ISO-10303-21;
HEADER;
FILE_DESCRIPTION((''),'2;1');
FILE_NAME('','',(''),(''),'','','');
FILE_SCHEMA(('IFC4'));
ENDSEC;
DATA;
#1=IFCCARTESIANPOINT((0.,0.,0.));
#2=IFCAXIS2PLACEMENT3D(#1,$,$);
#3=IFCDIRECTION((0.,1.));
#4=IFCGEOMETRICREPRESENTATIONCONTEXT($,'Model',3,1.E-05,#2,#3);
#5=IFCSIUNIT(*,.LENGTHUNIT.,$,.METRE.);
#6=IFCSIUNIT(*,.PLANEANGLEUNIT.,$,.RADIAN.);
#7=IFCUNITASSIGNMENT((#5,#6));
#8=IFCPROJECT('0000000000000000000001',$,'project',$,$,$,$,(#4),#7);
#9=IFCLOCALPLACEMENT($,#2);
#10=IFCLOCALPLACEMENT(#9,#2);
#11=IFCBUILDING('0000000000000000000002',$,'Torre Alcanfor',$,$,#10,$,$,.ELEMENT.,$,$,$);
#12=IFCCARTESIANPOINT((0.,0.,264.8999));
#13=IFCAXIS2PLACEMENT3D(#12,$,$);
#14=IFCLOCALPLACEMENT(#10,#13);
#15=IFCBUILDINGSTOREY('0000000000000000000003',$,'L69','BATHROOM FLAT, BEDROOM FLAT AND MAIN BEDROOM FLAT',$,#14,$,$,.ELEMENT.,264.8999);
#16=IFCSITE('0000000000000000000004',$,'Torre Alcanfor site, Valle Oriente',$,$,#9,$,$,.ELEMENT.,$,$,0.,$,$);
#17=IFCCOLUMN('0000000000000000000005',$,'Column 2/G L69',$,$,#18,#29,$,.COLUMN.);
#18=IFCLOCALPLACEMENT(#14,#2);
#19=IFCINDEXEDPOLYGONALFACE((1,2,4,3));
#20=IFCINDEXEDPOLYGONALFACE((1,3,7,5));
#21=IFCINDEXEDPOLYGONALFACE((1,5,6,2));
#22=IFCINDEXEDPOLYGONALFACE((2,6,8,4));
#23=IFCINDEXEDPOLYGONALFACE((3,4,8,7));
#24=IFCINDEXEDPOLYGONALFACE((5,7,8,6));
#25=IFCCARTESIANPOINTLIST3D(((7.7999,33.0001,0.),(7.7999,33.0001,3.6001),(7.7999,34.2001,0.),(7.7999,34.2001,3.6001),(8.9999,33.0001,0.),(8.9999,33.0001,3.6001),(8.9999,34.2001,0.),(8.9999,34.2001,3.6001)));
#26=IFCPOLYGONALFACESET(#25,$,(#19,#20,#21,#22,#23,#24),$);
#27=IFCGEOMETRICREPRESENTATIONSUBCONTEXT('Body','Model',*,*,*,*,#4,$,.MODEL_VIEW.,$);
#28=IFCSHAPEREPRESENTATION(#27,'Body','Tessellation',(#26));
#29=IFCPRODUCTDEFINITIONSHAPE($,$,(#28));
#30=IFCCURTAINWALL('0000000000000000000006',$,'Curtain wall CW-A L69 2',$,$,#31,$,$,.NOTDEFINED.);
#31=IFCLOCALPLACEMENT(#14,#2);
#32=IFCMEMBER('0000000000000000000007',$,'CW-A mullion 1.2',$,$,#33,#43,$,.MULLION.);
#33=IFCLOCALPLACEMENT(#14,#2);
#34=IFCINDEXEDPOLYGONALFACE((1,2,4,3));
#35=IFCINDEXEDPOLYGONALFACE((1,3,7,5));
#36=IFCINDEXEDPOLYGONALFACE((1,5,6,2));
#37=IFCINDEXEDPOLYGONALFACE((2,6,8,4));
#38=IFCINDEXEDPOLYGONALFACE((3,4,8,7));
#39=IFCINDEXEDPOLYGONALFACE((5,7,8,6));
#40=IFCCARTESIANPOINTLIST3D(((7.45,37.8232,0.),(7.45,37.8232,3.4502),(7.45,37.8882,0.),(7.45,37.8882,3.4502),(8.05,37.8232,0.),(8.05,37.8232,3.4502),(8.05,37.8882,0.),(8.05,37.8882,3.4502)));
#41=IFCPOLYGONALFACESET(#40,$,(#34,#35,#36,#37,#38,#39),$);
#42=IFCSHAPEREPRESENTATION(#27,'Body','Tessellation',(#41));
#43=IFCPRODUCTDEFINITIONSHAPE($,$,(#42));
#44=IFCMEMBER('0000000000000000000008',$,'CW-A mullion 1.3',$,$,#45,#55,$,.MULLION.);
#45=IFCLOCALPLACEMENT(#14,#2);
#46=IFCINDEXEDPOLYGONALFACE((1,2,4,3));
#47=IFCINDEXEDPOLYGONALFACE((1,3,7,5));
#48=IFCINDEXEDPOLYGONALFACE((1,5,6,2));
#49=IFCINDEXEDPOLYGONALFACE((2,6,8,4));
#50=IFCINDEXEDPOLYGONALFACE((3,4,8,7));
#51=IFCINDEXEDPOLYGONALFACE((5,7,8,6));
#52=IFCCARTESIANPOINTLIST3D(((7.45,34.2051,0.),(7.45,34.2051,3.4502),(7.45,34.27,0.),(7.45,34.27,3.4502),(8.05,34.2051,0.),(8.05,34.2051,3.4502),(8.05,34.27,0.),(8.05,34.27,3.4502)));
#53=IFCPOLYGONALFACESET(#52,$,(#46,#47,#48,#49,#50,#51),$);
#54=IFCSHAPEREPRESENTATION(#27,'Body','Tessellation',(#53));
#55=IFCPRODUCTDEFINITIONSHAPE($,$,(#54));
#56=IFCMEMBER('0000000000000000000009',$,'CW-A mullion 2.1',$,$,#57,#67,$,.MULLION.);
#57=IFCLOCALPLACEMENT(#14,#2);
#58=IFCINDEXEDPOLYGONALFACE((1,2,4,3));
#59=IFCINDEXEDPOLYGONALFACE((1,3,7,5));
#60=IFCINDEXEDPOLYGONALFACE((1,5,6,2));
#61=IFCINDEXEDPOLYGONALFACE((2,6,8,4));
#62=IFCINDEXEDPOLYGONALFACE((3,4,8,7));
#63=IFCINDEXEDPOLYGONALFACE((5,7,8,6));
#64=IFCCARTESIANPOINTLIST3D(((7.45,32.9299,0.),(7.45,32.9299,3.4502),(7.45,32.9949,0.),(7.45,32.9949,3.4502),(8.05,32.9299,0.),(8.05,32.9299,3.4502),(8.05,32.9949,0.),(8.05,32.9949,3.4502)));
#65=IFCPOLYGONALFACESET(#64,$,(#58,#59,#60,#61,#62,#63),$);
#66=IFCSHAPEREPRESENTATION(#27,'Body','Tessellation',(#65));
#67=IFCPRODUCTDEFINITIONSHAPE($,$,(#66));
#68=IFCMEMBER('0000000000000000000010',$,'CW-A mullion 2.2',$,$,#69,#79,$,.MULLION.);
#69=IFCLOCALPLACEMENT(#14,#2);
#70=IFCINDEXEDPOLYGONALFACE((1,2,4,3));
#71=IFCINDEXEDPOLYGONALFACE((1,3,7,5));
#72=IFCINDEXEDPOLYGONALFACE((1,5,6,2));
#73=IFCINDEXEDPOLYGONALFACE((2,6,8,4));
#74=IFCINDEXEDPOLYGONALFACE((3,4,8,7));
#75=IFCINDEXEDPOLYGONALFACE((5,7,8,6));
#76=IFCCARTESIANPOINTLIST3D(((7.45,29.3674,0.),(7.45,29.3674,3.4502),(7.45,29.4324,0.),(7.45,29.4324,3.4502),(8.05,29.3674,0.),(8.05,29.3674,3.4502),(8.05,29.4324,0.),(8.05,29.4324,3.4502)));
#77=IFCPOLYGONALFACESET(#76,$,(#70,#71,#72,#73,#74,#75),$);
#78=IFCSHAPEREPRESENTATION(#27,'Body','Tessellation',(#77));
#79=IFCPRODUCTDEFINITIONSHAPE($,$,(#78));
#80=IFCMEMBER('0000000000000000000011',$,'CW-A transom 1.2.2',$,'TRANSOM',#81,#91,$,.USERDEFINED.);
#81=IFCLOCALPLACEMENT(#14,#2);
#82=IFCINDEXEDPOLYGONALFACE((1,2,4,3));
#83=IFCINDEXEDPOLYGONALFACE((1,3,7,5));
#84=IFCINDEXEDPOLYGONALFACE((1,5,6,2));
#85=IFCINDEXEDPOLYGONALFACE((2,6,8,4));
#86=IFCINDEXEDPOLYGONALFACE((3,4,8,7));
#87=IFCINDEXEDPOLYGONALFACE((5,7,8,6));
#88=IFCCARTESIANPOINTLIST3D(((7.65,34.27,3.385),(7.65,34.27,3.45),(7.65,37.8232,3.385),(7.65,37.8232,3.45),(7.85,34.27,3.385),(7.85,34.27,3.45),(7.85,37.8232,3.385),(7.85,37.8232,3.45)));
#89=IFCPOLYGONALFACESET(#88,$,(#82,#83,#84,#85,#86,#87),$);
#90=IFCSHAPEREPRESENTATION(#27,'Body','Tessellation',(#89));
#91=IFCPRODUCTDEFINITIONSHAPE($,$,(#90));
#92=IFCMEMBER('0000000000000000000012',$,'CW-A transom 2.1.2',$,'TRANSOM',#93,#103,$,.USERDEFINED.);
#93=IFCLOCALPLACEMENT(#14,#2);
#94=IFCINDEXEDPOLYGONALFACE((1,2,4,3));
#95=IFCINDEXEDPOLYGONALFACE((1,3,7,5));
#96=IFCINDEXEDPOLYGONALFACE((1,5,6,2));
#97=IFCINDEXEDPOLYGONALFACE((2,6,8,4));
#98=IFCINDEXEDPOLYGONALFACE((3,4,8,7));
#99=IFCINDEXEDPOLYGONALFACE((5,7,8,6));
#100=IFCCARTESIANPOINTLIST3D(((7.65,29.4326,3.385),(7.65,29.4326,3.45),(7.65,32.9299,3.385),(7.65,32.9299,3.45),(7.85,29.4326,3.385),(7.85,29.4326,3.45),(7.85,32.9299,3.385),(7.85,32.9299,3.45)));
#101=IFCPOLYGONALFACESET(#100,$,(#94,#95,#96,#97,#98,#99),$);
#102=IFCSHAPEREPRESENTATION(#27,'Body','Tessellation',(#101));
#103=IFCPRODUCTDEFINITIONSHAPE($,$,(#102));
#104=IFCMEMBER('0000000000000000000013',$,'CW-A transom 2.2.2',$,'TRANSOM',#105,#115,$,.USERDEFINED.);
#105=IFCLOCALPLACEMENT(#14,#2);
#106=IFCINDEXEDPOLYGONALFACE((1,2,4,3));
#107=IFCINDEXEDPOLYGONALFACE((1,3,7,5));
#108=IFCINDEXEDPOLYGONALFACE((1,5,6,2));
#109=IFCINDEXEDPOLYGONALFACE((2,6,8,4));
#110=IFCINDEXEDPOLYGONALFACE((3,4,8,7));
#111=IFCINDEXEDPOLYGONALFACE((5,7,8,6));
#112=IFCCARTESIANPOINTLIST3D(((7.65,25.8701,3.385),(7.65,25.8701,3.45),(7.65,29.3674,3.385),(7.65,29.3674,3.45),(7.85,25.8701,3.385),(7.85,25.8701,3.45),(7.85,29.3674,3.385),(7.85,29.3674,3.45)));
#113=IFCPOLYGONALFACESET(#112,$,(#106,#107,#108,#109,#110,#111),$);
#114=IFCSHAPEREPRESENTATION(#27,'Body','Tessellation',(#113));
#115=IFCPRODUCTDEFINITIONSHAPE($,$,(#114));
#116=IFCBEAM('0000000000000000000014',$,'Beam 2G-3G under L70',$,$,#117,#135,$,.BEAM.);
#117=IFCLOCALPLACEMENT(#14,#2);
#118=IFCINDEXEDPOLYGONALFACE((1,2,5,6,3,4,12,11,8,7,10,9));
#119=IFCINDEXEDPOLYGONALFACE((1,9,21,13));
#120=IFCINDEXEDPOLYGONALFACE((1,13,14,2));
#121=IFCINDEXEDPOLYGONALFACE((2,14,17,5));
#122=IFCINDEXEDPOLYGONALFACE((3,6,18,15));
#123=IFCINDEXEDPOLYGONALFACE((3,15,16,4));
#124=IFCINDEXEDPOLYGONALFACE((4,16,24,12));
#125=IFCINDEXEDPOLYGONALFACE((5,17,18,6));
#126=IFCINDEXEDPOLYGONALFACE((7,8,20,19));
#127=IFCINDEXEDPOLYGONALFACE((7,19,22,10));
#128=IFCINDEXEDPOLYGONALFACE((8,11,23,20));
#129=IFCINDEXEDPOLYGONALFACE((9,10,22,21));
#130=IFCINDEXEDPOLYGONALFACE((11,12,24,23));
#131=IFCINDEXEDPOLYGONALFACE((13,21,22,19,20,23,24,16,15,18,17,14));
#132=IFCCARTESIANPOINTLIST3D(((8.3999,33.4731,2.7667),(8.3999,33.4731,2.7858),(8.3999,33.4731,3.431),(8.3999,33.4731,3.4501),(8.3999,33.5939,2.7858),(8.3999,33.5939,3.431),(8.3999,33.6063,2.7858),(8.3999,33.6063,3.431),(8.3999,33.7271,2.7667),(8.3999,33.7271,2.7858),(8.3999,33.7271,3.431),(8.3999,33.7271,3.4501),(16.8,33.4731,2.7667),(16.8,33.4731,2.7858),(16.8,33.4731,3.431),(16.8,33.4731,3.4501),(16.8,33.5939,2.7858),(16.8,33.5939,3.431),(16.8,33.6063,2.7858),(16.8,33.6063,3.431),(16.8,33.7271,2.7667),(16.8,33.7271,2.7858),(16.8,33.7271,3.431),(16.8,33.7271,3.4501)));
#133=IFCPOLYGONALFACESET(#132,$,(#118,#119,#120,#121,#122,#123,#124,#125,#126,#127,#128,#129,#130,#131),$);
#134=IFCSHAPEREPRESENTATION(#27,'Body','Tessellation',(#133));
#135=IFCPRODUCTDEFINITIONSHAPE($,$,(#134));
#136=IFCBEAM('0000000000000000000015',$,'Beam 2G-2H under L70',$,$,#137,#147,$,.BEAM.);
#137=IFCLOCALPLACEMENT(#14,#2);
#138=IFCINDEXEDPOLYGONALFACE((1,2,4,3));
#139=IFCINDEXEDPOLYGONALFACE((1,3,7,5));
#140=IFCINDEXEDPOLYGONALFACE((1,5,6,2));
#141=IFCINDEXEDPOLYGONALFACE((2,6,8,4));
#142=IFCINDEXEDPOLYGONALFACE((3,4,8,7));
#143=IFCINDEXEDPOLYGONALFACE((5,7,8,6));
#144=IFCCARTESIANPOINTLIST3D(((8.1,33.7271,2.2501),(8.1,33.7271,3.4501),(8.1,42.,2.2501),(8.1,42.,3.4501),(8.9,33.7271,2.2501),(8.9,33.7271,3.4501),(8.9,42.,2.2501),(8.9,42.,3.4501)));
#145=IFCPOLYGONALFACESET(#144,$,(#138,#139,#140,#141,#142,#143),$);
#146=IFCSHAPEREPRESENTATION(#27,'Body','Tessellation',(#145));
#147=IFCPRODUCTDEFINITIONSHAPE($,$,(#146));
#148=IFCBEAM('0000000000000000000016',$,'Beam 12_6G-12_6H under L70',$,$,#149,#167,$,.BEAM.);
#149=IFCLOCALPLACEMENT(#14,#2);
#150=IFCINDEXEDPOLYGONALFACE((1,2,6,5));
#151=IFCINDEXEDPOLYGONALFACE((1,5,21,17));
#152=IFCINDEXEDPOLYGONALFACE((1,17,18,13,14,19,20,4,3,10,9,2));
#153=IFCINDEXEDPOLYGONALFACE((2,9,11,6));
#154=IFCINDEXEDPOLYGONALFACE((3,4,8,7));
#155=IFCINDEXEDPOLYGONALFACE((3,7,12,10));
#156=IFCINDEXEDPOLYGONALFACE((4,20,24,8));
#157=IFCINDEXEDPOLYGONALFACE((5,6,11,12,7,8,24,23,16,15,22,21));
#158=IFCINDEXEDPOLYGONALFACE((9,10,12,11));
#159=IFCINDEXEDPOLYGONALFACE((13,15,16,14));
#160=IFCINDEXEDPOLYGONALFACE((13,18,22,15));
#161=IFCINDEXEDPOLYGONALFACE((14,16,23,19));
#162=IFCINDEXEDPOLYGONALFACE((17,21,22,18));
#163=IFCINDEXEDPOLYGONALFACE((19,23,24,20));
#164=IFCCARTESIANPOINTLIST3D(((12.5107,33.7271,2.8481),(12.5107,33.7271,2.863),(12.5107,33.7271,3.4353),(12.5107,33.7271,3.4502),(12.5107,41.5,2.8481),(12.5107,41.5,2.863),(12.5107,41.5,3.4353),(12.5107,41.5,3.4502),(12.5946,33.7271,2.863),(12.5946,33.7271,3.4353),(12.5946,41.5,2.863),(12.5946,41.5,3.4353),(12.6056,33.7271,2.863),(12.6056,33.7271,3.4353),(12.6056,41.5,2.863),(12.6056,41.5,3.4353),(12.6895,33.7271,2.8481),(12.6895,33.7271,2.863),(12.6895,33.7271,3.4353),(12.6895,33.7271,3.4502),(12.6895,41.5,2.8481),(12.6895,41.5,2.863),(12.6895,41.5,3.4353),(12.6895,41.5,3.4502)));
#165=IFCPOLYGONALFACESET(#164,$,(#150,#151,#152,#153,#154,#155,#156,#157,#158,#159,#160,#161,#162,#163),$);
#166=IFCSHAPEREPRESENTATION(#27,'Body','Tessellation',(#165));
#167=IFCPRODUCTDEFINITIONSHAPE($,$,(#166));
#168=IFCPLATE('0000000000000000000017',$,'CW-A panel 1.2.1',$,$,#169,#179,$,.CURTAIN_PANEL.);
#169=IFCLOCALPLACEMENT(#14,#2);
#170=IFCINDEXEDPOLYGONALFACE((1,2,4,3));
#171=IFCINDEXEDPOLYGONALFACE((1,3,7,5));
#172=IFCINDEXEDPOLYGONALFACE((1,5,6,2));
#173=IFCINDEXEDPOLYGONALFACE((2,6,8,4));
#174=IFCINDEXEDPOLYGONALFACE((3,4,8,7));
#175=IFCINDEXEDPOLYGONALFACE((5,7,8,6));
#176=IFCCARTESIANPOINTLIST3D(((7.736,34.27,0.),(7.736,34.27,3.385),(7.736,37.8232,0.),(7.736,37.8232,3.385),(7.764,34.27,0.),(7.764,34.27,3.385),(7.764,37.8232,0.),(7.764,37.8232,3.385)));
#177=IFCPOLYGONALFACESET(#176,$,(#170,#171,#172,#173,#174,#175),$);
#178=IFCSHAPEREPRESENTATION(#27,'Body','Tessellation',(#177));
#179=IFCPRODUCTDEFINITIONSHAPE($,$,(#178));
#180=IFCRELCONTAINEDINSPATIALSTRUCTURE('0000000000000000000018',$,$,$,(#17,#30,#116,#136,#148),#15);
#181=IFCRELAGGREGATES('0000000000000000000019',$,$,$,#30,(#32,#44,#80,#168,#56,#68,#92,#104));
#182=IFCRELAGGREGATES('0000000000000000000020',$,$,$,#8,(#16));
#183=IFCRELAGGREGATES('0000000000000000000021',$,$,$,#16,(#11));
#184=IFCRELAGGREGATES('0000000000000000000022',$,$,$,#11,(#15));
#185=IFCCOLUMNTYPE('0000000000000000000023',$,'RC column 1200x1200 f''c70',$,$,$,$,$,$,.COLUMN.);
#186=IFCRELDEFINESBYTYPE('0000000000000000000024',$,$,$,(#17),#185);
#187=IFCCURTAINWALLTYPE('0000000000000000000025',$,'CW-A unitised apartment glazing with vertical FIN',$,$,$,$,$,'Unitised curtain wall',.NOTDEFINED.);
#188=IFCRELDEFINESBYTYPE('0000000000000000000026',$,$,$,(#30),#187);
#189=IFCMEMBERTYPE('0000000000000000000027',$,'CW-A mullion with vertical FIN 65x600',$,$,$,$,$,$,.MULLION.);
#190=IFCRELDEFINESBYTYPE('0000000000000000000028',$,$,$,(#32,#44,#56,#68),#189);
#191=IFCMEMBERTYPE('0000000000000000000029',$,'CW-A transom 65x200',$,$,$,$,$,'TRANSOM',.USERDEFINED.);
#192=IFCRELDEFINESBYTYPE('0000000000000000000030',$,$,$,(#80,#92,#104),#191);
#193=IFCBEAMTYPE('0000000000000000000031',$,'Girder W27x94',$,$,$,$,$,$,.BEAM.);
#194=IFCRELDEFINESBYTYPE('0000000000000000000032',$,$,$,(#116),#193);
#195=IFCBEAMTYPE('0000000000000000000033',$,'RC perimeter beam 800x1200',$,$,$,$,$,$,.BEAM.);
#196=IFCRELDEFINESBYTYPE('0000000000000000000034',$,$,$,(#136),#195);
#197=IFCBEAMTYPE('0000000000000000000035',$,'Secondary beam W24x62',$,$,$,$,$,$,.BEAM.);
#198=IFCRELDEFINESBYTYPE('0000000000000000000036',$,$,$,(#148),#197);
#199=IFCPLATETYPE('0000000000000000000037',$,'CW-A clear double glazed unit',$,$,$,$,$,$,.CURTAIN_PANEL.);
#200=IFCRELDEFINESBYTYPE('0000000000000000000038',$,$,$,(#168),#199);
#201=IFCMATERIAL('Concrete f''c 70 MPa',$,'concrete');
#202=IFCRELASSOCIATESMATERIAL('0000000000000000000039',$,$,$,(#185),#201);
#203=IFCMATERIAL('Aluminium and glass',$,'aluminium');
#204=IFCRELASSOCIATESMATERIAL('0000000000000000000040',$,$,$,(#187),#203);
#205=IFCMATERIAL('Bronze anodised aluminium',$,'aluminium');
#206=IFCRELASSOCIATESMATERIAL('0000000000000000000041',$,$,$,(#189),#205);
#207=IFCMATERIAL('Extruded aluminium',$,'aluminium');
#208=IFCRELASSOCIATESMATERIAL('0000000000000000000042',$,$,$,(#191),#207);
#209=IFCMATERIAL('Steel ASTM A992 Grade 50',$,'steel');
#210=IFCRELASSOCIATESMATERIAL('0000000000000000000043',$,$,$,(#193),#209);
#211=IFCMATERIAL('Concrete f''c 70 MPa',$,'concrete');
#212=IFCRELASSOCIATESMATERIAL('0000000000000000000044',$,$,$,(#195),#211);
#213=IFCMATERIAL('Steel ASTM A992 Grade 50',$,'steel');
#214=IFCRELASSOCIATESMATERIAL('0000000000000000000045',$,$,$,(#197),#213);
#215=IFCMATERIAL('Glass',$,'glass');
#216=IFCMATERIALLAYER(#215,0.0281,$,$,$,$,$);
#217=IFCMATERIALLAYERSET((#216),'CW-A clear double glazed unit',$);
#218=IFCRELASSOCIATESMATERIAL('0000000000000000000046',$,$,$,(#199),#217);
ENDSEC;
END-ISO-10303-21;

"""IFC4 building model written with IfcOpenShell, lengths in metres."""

from ifc_helpers import new_model, si_unit, direction, frame, origin, origin_2d, place, context, subcontext, project, spatial, rectangle, i_section, extrude, material, layer, layer_set, material_profile, profile_set, type_object, element, aggregate, save


model = new_model("IFC4")

# Units and contexts
model_context = context("Model", 3, precision=1e-05, world=origin(), true_north=direction((0.0, 1.0)))
body_context = subcontext(model_context, "Body", "Model", "MODEL_VIEW")
ifc_project = project(units=[si_unit("LENGTHUNIT", "METRE"), si_unit("PLANEANGLEUNIT", "RADIAN")], contexts=[model_context])

# Site, building, storey
site_placement = place(None, origin())
site = spatial("IfcSite", under=ifc_project, at=site_placement, Name="Torre Alcanfor site, Valle Oriente", CompositionType="ELEMENT", RefElevation=0.0)
building_placement = place(site_placement, origin())
building = spatial("IfcBuilding", under=site, at=building_placement, Name="Torre Alcanfor", CompositionType="ELEMENT")
storey_placement = place(building_placement, frame((0.0, 0.0, 264.8999)))
storey = spatial("IfcBuildingStorey", under=building, at=storey_placement, Name="L69", Description="BATHROOM FLAT, BEDROOM FLAT AND MAIN BEDROOM FLAT", CompositionType="ELEMENT", Elevation=264.8999)

# Column
ifc_material_1 = material(Name="Concrete f'c 70 MPa", Category="concrete")
ifc_material_profile_1 = material_profile(ifc_material_1, rectangle(XDim=1.2, YDim=1.2, at=origin_2d()), Name="1200x1200")
ifc_profile_set_1 = profile_set([ifc_material_profile_1], Name="Concrete f'c 70 MPa")
column_type = type_object("IfcColumnType", Name="RC column 1200x1200 f'c70", PredefinedType="COLUMN", material=ifc_profile_set_1)
column_placement = place(storey_placement, frame((8.3999, 33.6001, 0.0), z_axis=(0.0, 0.0, 1.0), x_axis=(1.0, 0.0, 0.0)))
element("IfcColumn", 1, at=column_placement, inside=storey, type_object=column_type, Name="Column 2/G L69", PredefinedType="COLUMN", context=body_context, shape_type="SweptSolid", body=[
    extrude(rectangle(XDim=1.2, YDim=1.2, at=origin_2d()), origin(), (0.0, 0.0, 1.0), 3.6001),
])

# Curtain wall, members
ifc_material_2 = material(Name="Aluminium and glass", Category="aluminium")
curtain_wall_type = type_object("IfcCurtainWallType", Name="CW-A unitised apartment glazing with vertical FIN", ElementType="Unitised curtain wall", PredefinedType="NOTDEFINED", material=ifc_material_2)
curtain_wall_placement = place(storey_placement, origin())
curtain_wall = element("IfcCurtainWall", 2, at=curtain_wall_placement, inside=storey, type_object=curtain_wall_type, Name="Curtain wall CW-A L69 2", PredefinedType="NOTDEFINED")
ifc_material_3 = material(Name="Bronze anodised aluminium", Category="aluminium")
ifc_material_profile_2 = material_profile(ifc_material_3, rectangle(XDim=0.6001, YDim=0.0649, at=origin_2d()), Name="CW-A mullion 65x600")
ifc_profile_set_2 = profile_set([ifc_material_profile_2], Name="Bronze anodised aluminium")
member_type_1 = type_object("IfcMemberType", Name="CW-A mullion with vertical FIN 65x600", PredefinedType="MULLION", material=ifc_profile_set_2)
member_1_placement = place(storey_placement, frame((7.75, 37.8557, 0.0), z_axis=(0.0, 0.0, 1.0), x_axis=(1.0, 0.0, 0.0)))
member_1 = element("IfcMember", 3, at=member_1_placement, type_object=member_type_1, Name="CW-A mullion 1.2", PredefinedType="MULLION", context=body_context, shape_type="SweptSolid", body=[
    extrude(rectangle(XDim=0.6001, YDim=0.0649, at=origin_2d()), origin(), (0.0, 0.0, 1.0), 3.4502),
])
member_2_placement = place(storey_placement, frame((7.75, 34.2375, 0.0), z_axis=(0.0, 0.0, 1.0), x_axis=(1.0, 0.0, 0.0)))
member_2 = element("IfcMember", 4, at=member_2_placement, type_object=member_type_1, Name="CW-A mullion 1.3", PredefinedType="MULLION", context=body_context, shape_type="SweptSolid", body=[
    extrude(rectangle(XDim=0.6001, YDim=0.0649, at=origin_2d()), origin(), (0.0, 0.0, 1.0), 3.4502),
])
member_3_placement = place(storey_placement, frame((7.75, 32.9624, 0.0), z_axis=(0.0, 0.0, 1.0), x_axis=(1.0, 0.0, 0.0)))
member_3 = element("IfcMember", 5, at=member_3_placement, type_object=member_type_1, Name="CW-A mullion 2.1", PredefinedType="MULLION", context=body_context, shape_type="SweptSolid", body=[
    extrude(rectangle(XDim=0.6001, YDim=0.0649, at=origin_2d()), origin(), (0.0, 0.0, 1.0), 3.4502),
])
member_4_placement = place(storey_placement, frame((7.75, 29.3999, 0.0), z_axis=(0.0, 0.0, 1.0), x_axis=(1.0, 0.0, 0.0)))
member_4 = element("IfcMember", 6, at=member_4_placement, type_object=member_type_1, Name="CW-A mullion 2.2", PredefinedType="MULLION", context=body_context, shape_type="SweptSolid", body=[
    extrude(rectangle(XDim=0.6001, YDim=0.0649, at=origin_2d()), origin(), (0.0, 0.0, 1.0), 3.4502),
])
ifc_material_4 = material(Name="Extruded aluminium", Category="aluminium")
ifc_material_profile_3 = material_profile(ifc_material_4, rectangle(XDim=0.2, YDim=0.0649, at=origin_2d()), Name="CW-A transom 200x65")
ifc_profile_set_3 = profile_set([ifc_material_profile_3], Name="Extruded aluminium")
member_type_2 = type_object("IfcMemberType", Name="CW-A transom 65x200", ElementType="TRANSOM", PredefinedType="USERDEFINED", material=ifc_profile_set_3)
member_5_placement = place(storey_placement, frame((7.75, 37.8232, 3.4175), z_axis=(0.0, -1.0, 0.0), x_axis=(1.0, 0.0, 0.0)))
member_5 = element("IfcMember", 7, at=member_5_placement, type_object=member_type_2, Name="CW-A transom 1.2.2", ObjectType="TRANSOM", PredefinedType="USERDEFINED", context=body_context, shape_type="SweptSolid", body=[
    extrude(rectangle(XDim=0.2, YDim=0.0649, at=origin_2d()), origin(), (0.0, 0.0, 1.0), 3.5532),
])
member_6_placement = place(storey_placement, frame((7.75, 32.9299, 3.4175), z_axis=(0.0, -1.0, 0.0), x_axis=(1.0, 0.0, 0.0)))
member_6 = element("IfcMember", 8, at=member_6_placement, type_object=member_type_2, Name="CW-A transom 2.1.2", ObjectType="TRANSOM", PredefinedType="USERDEFINED", context=body_context, shape_type="SweptSolid", body=[
    extrude(rectangle(XDim=0.2, YDim=0.0649, at=origin_2d()), origin(), (0.0, 0.0, 1.0), 3.4973),
])
member_7_placement = place(storey_placement, frame((7.75, 29.3674, 3.4175), z_axis=(0.0, -1.0, 0.0), x_axis=(1.0, 0.0, 0.0)))
member_7 = element("IfcMember", 9, at=member_7_placement, type_object=member_type_2, Name="CW-A transom 2.2.2", ObjectType="TRANSOM", PredefinedType="USERDEFINED", context=body_context, shape_type="SweptSolid", body=[
    extrude(rectangle(XDim=0.2, YDim=0.0649, at=origin_2d()), origin(), (0.0, 0.0, 1.0), 3.4973),
])

# Beams
ifc_material_5 = material(Name="Steel ASTM A992 Grade 50", Category="steel")
ifc_material_profile_4 = material_profile(ifc_material_5, i_section(OverallWidth=0.2539, OverallDepth=0.6833, WebThickness=0.0125, FlangeThickness=0.019, at=origin_2d()), Name="W27x94")
ifc_profile_set_4 = profile_set([ifc_material_profile_4], Name="Steel ASTM A992 Grade 50")
beam_type_1 = type_object("IfcBeamType", Name="Girder W27x94", PredefinedType="BEAM", material=ifc_profile_set_4)
beam_1_placement = place(storey_placement, frame((8.3999, 33.6001, 3.1084), z_axis=(1.0, 0.0, 0.0), x_axis=(0.0, 1.0, 0.0)))
element("IfcBeam", 10, at=beam_1_placement, inside=storey, type_object=beam_type_1, Name="Beam 2G-3G under L70", PredefinedType="BEAM", context=body_context, shape_type="SweptSolid", body=[
    extrude(i_section(OverallWidth=0.2539, OverallDepth=0.6833, WebThickness=0.0125, FlangeThickness=0.019, at=origin_2d()), origin(), (0.0, 0.0, 1.0), 8.4001),
])
ifc_material_6 = material(Name="Concrete f'c 70 MPa", Category="concrete")
ifc_material_profile_5 = material_profile(ifc_material_6, rectangle(XDim=0.8, YDim=1.2, at=origin_2d()), Name="800x1200")
ifc_profile_set_5 = profile_set([ifc_material_profile_5], Name="Concrete f'c 70 MPa")
beam_type_2 = type_object("IfcBeamType", Name="RC perimeter beam 800x1200", PredefinedType="BEAM", material=ifc_profile_set_5)
beam_2_placement = place(storey_placement, frame((8.5, 33.7271, 2.8501), z_axis=(0.0, 1.0, 0.0), x_axis=(-1.0, 0.0, 0.0)))
element("IfcBeam", 11, at=beam_2_placement, inside=storey, type_object=beam_type_2, Name="Beam 2G-2H under L70", PredefinedType="BEAM", context=body_context, shape_type="SweptSolid", body=[
    extrude(rectangle(XDim=0.8, YDim=1.2, at=origin_2d()), origin(), (0.0, 0.0, 1.0), 8.2729),
])
ifc_material_7 = material(Name="Steel ASTM A992 Grade 50", Category="steel")
ifc_material_profile_6 = material_profile(ifc_material_7, i_section(OverallWidth=0.1787, OverallDepth=0.6021, WebThickness=0.011, FlangeThickness=0.0149, at=origin_2d()), Name="W24x62")
ifc_profile_set_6 = profile_set([ifc_material_profile_6], Name="Steel ASTM A992 Grade 50")
beam_type_3 = type_object("IfcBeamType", Name="Secondary beam W24x62", PredefinedType="BEAM", material=ifc_profile_set_6)
beam_3_placement = place(storey_placement, frame((12.6001, 33.7271, 3.1492), z_axis=(0.0, 1.0, 0.0), x_axis=(-1.0, 0.0, 0.0)))
element("IfcBeam", 12, at=beam_3_placement, inside=storey, type_object=beam_type_3, Name="Beam 12_6G-12_6H under L70", PredefinedType="BEAM", context=body_context, shape_type="SweptSolid", body=[
    extrude(i_section(OverallWidth=0.1787, OverallDepth=0.6021, WebThickness=0.011, FlangeThickness=0.0149, at=origin_2d()), origin(), (0.0, 0.0, 1.0), 7.7729),
])

# Plate
ifc_material_8 = material(Name="Glass", Category="glass")
ifc_layer_1 = layer(ifc_material_8, 0.0281)
ifc_layer_set_1 = layer_set([ifc_layer_1], Name="CW-A clear double glazed unit")
plate_type = type_object("IfcPlateType", Name="CW-A clear double glazed unit", PredefinedType="CURTAIN_PANEL", material=ifc_layer_set_1)
plate_1_placement = place(storey_placement, frame((7.75, 36.0466, 0.0), z_axis=(0.0, 0.0, 1.0), x_axis=(0.0, -1.0, 0.0)))
plate_1 = element("IfcPlate", 13, at=plate_1_placement, type_object=plate_type, Name="CW-A panel 1.2.1", PredefinedType="CURTAIN_PANEL", context=body_context, shape_type="SweptSolid", body=[
    extrude(rectangle(XDim=3.5532, YDim=0.0281, at=origin_2d()), origin(), (0.0, 0.0, 1.0), 3.385),
])
aggregate(curtain_wall, [member_1, member_2, member_5, plate_1, member_3, member_4, member_6, member_7])

save(model, "model.ifc")
